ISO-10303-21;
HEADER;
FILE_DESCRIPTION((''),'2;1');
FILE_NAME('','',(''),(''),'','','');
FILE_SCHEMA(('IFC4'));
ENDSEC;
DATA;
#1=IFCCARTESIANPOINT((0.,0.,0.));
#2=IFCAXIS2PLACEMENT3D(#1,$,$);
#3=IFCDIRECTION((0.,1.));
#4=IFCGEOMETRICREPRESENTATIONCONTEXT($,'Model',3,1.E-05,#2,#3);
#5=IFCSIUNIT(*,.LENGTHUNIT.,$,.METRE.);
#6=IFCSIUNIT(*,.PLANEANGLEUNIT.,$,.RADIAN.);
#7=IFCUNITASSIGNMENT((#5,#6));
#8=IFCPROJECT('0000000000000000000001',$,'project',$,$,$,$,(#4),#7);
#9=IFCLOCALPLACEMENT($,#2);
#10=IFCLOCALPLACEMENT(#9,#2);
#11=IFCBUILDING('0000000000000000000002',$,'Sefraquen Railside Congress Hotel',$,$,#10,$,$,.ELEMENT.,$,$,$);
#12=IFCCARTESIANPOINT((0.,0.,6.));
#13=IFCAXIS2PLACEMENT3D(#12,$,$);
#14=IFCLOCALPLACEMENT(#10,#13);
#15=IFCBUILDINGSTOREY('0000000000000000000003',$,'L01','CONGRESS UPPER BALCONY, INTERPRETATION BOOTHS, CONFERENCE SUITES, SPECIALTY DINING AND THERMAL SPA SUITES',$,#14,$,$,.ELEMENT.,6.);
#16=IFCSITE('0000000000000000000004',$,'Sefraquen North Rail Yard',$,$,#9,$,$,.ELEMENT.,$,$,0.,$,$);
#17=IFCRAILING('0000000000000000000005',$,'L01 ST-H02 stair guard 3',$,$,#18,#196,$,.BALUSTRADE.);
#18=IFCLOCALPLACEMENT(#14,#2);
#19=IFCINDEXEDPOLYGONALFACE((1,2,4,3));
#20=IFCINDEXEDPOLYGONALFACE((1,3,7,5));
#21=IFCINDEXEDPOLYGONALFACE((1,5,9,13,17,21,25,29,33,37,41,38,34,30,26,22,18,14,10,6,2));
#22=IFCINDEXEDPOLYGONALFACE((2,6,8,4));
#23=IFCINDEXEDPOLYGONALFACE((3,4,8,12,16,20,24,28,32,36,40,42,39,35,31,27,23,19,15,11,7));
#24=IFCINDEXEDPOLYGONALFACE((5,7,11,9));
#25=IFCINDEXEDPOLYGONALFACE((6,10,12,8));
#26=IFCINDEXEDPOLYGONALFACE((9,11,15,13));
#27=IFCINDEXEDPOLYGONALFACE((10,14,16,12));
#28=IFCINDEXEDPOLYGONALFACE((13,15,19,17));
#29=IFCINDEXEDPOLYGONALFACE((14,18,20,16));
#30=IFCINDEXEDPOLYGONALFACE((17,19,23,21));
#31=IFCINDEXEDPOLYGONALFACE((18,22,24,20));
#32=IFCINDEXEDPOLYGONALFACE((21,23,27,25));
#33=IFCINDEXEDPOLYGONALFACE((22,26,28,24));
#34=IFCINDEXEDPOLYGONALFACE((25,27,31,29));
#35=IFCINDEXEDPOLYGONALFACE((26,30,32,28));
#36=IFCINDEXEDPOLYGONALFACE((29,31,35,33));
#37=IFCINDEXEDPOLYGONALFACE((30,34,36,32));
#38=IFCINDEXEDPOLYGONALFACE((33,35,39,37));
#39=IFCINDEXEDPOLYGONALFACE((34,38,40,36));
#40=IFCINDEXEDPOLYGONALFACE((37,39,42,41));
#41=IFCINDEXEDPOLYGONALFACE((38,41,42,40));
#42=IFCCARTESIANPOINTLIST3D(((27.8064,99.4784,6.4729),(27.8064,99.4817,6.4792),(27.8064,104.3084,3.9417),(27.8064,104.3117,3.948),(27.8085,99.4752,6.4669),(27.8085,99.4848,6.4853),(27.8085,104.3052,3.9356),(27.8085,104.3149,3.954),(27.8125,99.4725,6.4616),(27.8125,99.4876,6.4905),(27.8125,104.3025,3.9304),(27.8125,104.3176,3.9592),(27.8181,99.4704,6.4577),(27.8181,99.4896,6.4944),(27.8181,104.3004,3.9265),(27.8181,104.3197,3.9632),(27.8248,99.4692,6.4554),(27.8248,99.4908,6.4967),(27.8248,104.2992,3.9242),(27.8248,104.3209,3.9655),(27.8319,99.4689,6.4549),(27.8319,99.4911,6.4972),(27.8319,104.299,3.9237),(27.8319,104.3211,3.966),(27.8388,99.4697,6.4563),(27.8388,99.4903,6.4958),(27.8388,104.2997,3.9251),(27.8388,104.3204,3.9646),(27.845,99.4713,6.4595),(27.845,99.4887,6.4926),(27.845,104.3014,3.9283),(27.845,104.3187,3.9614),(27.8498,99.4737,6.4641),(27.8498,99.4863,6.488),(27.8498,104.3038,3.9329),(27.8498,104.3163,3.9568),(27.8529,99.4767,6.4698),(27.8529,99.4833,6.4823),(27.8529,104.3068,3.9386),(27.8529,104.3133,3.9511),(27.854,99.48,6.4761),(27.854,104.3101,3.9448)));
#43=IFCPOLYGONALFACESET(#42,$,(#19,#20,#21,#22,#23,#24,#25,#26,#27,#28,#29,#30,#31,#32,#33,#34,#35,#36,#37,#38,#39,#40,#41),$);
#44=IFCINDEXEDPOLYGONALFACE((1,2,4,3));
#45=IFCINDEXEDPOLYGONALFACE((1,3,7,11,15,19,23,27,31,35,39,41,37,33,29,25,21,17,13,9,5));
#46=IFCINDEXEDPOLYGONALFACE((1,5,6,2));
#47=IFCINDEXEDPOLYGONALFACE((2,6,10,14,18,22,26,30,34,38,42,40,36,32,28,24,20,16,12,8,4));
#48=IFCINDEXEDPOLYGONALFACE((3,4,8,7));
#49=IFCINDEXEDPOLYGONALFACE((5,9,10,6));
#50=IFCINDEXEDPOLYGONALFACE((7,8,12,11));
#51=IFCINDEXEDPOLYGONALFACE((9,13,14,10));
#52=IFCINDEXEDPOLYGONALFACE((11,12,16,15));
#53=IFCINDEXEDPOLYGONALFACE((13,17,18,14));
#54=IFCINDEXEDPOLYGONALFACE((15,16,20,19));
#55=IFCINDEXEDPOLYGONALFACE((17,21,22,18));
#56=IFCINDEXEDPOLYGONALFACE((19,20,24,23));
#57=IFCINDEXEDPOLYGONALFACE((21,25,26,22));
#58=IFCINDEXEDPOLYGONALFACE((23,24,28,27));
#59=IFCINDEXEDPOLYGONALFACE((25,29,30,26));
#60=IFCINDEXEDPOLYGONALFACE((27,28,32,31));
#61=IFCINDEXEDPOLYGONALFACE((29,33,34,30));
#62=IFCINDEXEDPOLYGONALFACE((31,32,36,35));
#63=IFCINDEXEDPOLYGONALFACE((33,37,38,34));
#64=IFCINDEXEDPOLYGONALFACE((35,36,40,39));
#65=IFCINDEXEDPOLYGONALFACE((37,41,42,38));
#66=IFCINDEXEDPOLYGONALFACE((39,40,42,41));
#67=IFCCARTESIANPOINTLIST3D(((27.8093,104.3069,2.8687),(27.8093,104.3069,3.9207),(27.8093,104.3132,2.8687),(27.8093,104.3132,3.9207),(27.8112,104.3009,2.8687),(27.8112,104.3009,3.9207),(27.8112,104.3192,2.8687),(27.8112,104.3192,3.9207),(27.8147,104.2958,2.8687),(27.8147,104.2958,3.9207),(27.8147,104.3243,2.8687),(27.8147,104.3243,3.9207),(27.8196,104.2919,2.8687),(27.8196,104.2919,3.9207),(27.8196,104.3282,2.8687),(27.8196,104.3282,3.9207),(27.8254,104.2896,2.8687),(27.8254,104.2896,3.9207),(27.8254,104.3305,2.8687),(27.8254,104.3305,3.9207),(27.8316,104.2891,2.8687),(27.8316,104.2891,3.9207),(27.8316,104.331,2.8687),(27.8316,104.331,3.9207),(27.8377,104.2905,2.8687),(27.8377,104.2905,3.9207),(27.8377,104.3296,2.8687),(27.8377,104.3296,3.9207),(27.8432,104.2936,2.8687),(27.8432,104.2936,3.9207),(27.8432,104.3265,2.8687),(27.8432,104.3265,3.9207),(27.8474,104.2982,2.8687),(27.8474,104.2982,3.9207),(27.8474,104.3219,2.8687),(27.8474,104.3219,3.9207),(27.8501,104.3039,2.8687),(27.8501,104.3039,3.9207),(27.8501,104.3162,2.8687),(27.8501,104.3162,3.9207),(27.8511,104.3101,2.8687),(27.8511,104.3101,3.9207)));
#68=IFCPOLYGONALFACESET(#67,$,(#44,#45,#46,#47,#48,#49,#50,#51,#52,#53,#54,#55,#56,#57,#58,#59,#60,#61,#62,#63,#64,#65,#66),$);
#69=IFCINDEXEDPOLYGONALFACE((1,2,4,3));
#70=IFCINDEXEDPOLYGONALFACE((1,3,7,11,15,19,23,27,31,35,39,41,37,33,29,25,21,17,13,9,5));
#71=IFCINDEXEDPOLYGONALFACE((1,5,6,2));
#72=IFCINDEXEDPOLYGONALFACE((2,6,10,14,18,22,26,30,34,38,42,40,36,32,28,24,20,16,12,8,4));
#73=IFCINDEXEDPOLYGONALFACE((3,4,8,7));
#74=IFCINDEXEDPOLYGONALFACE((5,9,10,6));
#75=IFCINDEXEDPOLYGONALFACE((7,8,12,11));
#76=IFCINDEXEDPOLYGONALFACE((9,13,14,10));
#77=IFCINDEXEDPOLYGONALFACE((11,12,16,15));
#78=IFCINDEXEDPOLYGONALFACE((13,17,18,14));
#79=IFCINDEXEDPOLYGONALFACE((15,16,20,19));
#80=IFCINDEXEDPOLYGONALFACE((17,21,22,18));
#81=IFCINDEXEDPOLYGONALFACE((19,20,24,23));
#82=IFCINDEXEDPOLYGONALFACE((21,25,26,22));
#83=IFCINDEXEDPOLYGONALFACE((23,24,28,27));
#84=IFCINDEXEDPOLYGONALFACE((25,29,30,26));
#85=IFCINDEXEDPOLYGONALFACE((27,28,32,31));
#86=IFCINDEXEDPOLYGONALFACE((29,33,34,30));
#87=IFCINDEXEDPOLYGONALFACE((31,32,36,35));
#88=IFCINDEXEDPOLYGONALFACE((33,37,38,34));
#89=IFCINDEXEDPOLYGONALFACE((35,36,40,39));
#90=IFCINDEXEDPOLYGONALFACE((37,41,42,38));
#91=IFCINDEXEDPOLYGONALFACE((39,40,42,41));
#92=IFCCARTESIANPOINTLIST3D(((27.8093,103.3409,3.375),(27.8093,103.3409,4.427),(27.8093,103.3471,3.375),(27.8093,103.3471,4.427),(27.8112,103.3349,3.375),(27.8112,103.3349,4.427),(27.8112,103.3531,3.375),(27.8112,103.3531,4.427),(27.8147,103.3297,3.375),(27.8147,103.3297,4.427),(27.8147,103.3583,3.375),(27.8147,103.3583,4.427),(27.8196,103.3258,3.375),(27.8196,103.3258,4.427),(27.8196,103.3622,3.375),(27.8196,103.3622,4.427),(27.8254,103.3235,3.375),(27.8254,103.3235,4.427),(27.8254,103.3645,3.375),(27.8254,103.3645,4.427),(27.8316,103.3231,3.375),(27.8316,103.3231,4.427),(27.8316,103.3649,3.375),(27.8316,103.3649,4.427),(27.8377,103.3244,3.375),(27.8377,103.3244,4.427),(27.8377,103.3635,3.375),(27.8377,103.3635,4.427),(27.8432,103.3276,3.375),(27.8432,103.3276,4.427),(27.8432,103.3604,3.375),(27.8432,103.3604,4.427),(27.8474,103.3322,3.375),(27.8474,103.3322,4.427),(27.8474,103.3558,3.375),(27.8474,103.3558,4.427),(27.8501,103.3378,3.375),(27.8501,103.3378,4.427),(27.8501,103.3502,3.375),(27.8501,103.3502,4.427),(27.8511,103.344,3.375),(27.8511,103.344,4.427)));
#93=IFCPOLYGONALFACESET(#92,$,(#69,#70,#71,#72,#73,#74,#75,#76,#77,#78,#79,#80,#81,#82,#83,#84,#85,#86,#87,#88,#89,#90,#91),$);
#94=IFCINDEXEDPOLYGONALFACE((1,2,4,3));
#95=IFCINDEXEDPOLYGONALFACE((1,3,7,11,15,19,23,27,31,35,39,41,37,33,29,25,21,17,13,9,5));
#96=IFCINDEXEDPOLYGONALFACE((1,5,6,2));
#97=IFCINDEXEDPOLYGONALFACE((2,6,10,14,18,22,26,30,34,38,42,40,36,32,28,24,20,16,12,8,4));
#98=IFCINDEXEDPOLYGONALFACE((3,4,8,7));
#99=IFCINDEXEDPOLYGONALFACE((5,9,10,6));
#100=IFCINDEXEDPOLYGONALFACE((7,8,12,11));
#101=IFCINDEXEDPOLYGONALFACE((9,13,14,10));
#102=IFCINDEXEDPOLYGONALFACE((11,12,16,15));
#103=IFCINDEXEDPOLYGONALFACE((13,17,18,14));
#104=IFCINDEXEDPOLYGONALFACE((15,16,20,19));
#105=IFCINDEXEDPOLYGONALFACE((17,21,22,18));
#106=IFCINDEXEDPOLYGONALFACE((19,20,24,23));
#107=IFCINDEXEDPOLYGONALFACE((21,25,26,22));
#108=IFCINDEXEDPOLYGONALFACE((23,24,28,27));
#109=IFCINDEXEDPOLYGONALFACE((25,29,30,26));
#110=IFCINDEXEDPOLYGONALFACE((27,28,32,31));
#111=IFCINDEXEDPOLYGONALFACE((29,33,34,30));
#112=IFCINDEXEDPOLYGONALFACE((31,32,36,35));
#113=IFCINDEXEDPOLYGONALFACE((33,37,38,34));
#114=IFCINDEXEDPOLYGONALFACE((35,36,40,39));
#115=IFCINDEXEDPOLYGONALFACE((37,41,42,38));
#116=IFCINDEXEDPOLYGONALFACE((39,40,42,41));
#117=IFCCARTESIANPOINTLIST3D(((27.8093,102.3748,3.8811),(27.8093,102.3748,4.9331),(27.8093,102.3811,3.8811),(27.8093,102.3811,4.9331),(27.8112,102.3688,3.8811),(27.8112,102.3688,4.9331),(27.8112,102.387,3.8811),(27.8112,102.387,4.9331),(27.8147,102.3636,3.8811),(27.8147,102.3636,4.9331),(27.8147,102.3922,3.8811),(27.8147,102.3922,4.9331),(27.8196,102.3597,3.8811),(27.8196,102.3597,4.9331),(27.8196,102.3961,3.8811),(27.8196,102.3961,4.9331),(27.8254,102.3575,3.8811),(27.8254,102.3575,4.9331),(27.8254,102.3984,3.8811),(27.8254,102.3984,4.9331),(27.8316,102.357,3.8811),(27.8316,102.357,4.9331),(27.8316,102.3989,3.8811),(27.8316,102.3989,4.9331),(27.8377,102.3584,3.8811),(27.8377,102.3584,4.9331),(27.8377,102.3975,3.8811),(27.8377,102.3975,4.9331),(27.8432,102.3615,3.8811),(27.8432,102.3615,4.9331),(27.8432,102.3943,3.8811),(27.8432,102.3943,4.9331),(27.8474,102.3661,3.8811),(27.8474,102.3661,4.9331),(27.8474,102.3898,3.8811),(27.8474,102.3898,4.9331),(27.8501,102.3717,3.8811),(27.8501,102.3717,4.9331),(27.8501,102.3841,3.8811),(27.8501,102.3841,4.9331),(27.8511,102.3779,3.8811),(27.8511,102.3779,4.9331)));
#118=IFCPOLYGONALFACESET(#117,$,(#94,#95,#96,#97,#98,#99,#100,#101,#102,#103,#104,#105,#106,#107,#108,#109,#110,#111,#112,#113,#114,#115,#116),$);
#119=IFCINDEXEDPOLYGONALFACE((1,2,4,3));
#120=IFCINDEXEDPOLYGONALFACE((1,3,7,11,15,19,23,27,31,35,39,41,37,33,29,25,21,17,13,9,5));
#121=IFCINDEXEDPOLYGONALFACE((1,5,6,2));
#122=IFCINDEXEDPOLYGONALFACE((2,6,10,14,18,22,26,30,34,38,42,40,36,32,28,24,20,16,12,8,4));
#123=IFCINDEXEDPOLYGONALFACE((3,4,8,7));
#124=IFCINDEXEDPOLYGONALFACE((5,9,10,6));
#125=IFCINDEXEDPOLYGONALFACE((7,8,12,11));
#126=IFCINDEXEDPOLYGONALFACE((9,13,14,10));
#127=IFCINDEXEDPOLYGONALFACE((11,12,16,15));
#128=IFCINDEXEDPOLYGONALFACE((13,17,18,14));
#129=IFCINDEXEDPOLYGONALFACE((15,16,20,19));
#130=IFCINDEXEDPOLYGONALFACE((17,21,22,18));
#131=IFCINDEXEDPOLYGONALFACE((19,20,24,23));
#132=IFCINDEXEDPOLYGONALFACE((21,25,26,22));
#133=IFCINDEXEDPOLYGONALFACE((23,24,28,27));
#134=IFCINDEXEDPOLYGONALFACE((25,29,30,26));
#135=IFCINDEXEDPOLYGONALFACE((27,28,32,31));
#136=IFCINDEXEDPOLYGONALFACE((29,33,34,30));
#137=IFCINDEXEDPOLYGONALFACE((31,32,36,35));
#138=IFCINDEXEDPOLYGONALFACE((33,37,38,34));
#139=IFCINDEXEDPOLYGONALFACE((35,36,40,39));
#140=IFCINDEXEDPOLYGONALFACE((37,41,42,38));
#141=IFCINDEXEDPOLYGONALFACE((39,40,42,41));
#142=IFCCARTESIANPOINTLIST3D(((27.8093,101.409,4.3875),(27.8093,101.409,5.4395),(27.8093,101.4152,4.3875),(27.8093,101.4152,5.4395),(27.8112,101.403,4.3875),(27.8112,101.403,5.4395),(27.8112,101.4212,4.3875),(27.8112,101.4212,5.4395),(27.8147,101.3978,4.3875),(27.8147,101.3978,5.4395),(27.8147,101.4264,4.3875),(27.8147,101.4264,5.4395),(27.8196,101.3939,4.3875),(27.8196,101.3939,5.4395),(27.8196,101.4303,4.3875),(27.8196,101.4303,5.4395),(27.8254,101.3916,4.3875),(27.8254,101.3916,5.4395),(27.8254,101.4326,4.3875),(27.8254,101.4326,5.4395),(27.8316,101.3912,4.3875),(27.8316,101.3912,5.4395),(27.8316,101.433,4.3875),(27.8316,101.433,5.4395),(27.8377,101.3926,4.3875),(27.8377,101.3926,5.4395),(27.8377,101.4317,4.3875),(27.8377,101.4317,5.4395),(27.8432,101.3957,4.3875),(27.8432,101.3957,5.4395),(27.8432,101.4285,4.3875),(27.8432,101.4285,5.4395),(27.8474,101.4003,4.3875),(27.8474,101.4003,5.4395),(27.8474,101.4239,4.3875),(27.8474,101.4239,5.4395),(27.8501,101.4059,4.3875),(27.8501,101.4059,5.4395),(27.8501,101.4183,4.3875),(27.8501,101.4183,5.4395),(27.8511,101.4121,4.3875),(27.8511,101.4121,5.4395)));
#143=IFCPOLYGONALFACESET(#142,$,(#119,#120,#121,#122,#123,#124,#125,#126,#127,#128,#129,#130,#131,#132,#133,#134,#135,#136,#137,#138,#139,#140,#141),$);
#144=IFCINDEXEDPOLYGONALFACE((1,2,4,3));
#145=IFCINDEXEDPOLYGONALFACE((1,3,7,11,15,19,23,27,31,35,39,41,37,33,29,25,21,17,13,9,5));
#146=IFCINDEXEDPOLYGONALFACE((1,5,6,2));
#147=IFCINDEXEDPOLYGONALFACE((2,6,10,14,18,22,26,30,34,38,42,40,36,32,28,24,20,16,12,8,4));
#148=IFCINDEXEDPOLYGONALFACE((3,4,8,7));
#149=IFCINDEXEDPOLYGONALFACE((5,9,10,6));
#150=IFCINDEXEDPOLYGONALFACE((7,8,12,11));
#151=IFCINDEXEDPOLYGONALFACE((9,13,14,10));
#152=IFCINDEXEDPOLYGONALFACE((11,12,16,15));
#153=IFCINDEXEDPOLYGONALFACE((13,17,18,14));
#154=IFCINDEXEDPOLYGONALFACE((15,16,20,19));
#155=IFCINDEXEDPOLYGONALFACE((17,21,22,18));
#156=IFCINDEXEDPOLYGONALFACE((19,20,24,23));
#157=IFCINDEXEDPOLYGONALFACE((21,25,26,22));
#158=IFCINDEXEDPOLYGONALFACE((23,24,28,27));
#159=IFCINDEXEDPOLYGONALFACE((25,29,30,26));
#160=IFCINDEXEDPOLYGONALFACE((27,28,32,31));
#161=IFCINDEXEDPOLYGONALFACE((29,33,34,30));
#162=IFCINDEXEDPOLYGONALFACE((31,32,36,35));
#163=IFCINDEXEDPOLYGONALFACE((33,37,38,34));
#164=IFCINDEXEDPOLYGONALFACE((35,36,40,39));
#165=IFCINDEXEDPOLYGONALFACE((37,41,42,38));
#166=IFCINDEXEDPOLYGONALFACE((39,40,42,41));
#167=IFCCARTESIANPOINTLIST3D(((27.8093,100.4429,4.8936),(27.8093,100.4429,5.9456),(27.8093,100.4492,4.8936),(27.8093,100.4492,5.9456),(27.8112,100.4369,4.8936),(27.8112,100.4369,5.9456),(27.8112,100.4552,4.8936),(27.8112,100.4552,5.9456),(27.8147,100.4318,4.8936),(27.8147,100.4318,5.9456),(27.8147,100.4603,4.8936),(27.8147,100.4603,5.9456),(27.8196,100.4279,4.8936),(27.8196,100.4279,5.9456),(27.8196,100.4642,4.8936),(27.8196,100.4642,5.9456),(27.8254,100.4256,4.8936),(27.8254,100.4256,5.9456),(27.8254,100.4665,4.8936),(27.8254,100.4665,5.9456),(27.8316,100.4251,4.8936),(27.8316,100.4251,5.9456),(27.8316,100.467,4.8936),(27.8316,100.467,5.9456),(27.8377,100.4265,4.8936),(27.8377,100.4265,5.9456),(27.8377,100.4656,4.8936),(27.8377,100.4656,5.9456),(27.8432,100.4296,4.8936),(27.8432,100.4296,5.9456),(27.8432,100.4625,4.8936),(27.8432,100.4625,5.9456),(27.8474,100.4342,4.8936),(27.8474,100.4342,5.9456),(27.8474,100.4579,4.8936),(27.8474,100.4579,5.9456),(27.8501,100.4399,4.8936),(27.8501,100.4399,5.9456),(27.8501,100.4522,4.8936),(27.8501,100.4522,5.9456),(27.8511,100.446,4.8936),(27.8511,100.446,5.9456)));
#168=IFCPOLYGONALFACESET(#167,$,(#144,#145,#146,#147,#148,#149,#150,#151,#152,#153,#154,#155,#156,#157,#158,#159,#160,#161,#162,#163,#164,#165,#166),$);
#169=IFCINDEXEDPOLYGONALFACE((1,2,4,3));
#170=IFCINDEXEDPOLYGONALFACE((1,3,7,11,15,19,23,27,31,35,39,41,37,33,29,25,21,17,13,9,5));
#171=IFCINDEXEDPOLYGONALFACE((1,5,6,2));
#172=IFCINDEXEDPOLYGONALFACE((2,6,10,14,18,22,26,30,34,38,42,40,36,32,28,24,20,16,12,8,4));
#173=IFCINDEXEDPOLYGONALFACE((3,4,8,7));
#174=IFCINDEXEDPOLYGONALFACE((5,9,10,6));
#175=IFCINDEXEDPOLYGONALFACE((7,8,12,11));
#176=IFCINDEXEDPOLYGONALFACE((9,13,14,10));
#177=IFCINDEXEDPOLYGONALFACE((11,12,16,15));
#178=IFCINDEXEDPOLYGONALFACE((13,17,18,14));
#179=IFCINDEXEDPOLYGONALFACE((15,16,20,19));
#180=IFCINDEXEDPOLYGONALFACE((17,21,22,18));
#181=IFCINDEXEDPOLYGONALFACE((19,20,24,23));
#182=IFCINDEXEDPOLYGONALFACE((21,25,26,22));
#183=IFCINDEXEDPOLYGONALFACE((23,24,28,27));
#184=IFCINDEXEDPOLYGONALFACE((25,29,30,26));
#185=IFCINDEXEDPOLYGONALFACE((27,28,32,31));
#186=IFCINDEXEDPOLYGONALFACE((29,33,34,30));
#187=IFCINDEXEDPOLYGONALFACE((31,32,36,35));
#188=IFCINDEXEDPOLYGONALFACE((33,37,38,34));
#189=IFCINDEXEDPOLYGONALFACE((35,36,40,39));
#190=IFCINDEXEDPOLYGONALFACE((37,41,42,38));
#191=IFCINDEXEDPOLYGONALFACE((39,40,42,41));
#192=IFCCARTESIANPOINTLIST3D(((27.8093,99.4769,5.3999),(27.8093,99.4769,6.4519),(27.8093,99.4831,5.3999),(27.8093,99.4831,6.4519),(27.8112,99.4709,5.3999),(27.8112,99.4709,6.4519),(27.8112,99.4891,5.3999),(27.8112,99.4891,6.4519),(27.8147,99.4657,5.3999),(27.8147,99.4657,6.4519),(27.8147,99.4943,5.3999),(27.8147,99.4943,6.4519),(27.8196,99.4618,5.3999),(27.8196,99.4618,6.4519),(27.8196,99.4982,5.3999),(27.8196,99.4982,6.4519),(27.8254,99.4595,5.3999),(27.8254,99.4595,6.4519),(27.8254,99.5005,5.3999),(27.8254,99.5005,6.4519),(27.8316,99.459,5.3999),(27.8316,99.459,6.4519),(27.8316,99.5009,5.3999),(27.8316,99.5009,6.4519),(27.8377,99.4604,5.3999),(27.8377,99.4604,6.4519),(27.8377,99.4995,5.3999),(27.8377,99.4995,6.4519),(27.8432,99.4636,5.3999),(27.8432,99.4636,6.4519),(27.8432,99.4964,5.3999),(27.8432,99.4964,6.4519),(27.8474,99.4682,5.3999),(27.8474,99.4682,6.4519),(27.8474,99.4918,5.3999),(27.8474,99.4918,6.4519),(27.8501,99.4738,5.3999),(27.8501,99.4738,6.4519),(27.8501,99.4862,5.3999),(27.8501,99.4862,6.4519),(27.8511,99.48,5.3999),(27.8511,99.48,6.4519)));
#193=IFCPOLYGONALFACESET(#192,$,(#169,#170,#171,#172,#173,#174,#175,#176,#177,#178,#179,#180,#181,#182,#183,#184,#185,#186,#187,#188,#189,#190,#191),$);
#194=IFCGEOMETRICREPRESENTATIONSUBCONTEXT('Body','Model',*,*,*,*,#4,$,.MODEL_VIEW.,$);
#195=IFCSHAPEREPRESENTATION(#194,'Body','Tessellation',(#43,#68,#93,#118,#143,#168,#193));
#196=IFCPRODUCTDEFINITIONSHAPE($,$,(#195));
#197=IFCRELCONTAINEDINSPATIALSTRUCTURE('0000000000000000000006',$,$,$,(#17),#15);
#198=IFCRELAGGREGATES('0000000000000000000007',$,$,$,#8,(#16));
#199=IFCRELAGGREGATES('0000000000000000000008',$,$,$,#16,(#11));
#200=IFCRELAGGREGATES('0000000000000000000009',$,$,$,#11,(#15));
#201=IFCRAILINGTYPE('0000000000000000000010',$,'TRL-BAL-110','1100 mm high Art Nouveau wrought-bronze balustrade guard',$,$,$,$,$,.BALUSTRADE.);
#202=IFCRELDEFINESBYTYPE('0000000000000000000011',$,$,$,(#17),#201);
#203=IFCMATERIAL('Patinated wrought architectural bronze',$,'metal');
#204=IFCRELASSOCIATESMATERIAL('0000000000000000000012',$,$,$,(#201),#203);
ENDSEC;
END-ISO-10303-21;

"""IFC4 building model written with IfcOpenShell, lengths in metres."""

from ifc_helpers import new_model, si_unit, direction, frame, origin, origin_2d, place, context, subcontext, project, spatial, circle, extrude, material, type_object, element, save


model = new_model("IFC4")

# Units and contexts
model_context = context("Model", 3, precision=1e-05, world=origin(), true_north=direction((0.0, 1.0)))
body_context = subcontext(model_context, "Body", "Model", "MODEL_VIEW")
ifc_project = project(units=[si_unit("LENGTHUNIT", "METRE"), si_unit("PLANEANGLEUNIT", "RADIAN")], contexts=[model_context])

# Site, building, storey
site_placement = place(None, origin())
site = spatial("IfcSite", under=ifc_project, at=site_placement, Name="Sefraquen North Rail Yard", CompositionType="ELEMENT", RefElevation=0.0)
building_placement = place(site_placement, origin())
building = spatial("IfcBuilding", under=site, at=building_placement, Name="Sefraquen Railside Congress Hotel", CompositionType="ELEMENT")
storey_placement = place(building_placement, frame((0.0, 0.0, 6.0)))
storey = spatial("IfcBuildingStorey", under=building, at=storey_placement, Name="L01", Description="CONGRESS UPPER BALCONY, INTERPRETATION BOOTHS, CONFERENCE SUITES, SPECIALTY DINING AND THERMAL SPA SUITES", CompositionType="ELEMENT", Elevation=6.0)

# Railing
ifc_material_1 = material(Name="Patinated wrought architectural bronze", Category="metal")
railing_type_1 = type_object("IfcRailingType", Name="TRL-BAL-110", Description="1100 mm high Art Nouveau wrought-bronze balustrade guard", PredefinedType="BALUSTRADE", material=ifc_material_1)
railing_1_placement = place(storey_placement, frame((27.8301, 104.3101, 2.8687)))
element("IfcRailing", 1, at=railing_1_placement, inside=storey, type_object=railing_type_1, Name="L01 ST-H02 stair guard 3", PredefinedType="BALUSTRADE", context=body_context, shape_type="SweptSolid", body=[
    extrude(circle(Radius=0.0239, at=origin_2d()), frame((0.0, 0.0, 1.0762), z_axis=(0.0, -0.88574, 0.464181), x_axis=(1.0, 0.0, 0.0)), (0.0, 0.0, 1.0), 5.4531),
    extrude(circle(Radius=0.021, at=origin_2d()), origin(), (0.0, 0.0, 1.0), 1.052),
    extrude(circle(Radius=0.021, at=origin_2d()), frame((0.0, -0.9661, 0.5063)), (0.0, 0.0, 1.0), 1.052),
    extrude(circle(Radius=0.021, at=origin_2d()), frame((0.0, -1.9321, 1.0125)), (0.0, 0.0, 1.0), 1.052),
    extrude(circle(Radius=0.021, at=origin_2d()), frame((0.0, -2.8979, 1.5188)), (0.0, 0.0, 1.0), 1.052),
    extrude(circle(Radius=0.021, at=origin_2d()), frame((0.0, -3.864, 2.0249)), (0.0, 0.0, 1.0), 1.052),
    extrude(circle(Radius=0.021, at=origin_2d()), frame((0.0, -4.8301, 2.5312)), (0.0, 0.0, 1.0), 1.052),
])

save(model, "model.ifc")
